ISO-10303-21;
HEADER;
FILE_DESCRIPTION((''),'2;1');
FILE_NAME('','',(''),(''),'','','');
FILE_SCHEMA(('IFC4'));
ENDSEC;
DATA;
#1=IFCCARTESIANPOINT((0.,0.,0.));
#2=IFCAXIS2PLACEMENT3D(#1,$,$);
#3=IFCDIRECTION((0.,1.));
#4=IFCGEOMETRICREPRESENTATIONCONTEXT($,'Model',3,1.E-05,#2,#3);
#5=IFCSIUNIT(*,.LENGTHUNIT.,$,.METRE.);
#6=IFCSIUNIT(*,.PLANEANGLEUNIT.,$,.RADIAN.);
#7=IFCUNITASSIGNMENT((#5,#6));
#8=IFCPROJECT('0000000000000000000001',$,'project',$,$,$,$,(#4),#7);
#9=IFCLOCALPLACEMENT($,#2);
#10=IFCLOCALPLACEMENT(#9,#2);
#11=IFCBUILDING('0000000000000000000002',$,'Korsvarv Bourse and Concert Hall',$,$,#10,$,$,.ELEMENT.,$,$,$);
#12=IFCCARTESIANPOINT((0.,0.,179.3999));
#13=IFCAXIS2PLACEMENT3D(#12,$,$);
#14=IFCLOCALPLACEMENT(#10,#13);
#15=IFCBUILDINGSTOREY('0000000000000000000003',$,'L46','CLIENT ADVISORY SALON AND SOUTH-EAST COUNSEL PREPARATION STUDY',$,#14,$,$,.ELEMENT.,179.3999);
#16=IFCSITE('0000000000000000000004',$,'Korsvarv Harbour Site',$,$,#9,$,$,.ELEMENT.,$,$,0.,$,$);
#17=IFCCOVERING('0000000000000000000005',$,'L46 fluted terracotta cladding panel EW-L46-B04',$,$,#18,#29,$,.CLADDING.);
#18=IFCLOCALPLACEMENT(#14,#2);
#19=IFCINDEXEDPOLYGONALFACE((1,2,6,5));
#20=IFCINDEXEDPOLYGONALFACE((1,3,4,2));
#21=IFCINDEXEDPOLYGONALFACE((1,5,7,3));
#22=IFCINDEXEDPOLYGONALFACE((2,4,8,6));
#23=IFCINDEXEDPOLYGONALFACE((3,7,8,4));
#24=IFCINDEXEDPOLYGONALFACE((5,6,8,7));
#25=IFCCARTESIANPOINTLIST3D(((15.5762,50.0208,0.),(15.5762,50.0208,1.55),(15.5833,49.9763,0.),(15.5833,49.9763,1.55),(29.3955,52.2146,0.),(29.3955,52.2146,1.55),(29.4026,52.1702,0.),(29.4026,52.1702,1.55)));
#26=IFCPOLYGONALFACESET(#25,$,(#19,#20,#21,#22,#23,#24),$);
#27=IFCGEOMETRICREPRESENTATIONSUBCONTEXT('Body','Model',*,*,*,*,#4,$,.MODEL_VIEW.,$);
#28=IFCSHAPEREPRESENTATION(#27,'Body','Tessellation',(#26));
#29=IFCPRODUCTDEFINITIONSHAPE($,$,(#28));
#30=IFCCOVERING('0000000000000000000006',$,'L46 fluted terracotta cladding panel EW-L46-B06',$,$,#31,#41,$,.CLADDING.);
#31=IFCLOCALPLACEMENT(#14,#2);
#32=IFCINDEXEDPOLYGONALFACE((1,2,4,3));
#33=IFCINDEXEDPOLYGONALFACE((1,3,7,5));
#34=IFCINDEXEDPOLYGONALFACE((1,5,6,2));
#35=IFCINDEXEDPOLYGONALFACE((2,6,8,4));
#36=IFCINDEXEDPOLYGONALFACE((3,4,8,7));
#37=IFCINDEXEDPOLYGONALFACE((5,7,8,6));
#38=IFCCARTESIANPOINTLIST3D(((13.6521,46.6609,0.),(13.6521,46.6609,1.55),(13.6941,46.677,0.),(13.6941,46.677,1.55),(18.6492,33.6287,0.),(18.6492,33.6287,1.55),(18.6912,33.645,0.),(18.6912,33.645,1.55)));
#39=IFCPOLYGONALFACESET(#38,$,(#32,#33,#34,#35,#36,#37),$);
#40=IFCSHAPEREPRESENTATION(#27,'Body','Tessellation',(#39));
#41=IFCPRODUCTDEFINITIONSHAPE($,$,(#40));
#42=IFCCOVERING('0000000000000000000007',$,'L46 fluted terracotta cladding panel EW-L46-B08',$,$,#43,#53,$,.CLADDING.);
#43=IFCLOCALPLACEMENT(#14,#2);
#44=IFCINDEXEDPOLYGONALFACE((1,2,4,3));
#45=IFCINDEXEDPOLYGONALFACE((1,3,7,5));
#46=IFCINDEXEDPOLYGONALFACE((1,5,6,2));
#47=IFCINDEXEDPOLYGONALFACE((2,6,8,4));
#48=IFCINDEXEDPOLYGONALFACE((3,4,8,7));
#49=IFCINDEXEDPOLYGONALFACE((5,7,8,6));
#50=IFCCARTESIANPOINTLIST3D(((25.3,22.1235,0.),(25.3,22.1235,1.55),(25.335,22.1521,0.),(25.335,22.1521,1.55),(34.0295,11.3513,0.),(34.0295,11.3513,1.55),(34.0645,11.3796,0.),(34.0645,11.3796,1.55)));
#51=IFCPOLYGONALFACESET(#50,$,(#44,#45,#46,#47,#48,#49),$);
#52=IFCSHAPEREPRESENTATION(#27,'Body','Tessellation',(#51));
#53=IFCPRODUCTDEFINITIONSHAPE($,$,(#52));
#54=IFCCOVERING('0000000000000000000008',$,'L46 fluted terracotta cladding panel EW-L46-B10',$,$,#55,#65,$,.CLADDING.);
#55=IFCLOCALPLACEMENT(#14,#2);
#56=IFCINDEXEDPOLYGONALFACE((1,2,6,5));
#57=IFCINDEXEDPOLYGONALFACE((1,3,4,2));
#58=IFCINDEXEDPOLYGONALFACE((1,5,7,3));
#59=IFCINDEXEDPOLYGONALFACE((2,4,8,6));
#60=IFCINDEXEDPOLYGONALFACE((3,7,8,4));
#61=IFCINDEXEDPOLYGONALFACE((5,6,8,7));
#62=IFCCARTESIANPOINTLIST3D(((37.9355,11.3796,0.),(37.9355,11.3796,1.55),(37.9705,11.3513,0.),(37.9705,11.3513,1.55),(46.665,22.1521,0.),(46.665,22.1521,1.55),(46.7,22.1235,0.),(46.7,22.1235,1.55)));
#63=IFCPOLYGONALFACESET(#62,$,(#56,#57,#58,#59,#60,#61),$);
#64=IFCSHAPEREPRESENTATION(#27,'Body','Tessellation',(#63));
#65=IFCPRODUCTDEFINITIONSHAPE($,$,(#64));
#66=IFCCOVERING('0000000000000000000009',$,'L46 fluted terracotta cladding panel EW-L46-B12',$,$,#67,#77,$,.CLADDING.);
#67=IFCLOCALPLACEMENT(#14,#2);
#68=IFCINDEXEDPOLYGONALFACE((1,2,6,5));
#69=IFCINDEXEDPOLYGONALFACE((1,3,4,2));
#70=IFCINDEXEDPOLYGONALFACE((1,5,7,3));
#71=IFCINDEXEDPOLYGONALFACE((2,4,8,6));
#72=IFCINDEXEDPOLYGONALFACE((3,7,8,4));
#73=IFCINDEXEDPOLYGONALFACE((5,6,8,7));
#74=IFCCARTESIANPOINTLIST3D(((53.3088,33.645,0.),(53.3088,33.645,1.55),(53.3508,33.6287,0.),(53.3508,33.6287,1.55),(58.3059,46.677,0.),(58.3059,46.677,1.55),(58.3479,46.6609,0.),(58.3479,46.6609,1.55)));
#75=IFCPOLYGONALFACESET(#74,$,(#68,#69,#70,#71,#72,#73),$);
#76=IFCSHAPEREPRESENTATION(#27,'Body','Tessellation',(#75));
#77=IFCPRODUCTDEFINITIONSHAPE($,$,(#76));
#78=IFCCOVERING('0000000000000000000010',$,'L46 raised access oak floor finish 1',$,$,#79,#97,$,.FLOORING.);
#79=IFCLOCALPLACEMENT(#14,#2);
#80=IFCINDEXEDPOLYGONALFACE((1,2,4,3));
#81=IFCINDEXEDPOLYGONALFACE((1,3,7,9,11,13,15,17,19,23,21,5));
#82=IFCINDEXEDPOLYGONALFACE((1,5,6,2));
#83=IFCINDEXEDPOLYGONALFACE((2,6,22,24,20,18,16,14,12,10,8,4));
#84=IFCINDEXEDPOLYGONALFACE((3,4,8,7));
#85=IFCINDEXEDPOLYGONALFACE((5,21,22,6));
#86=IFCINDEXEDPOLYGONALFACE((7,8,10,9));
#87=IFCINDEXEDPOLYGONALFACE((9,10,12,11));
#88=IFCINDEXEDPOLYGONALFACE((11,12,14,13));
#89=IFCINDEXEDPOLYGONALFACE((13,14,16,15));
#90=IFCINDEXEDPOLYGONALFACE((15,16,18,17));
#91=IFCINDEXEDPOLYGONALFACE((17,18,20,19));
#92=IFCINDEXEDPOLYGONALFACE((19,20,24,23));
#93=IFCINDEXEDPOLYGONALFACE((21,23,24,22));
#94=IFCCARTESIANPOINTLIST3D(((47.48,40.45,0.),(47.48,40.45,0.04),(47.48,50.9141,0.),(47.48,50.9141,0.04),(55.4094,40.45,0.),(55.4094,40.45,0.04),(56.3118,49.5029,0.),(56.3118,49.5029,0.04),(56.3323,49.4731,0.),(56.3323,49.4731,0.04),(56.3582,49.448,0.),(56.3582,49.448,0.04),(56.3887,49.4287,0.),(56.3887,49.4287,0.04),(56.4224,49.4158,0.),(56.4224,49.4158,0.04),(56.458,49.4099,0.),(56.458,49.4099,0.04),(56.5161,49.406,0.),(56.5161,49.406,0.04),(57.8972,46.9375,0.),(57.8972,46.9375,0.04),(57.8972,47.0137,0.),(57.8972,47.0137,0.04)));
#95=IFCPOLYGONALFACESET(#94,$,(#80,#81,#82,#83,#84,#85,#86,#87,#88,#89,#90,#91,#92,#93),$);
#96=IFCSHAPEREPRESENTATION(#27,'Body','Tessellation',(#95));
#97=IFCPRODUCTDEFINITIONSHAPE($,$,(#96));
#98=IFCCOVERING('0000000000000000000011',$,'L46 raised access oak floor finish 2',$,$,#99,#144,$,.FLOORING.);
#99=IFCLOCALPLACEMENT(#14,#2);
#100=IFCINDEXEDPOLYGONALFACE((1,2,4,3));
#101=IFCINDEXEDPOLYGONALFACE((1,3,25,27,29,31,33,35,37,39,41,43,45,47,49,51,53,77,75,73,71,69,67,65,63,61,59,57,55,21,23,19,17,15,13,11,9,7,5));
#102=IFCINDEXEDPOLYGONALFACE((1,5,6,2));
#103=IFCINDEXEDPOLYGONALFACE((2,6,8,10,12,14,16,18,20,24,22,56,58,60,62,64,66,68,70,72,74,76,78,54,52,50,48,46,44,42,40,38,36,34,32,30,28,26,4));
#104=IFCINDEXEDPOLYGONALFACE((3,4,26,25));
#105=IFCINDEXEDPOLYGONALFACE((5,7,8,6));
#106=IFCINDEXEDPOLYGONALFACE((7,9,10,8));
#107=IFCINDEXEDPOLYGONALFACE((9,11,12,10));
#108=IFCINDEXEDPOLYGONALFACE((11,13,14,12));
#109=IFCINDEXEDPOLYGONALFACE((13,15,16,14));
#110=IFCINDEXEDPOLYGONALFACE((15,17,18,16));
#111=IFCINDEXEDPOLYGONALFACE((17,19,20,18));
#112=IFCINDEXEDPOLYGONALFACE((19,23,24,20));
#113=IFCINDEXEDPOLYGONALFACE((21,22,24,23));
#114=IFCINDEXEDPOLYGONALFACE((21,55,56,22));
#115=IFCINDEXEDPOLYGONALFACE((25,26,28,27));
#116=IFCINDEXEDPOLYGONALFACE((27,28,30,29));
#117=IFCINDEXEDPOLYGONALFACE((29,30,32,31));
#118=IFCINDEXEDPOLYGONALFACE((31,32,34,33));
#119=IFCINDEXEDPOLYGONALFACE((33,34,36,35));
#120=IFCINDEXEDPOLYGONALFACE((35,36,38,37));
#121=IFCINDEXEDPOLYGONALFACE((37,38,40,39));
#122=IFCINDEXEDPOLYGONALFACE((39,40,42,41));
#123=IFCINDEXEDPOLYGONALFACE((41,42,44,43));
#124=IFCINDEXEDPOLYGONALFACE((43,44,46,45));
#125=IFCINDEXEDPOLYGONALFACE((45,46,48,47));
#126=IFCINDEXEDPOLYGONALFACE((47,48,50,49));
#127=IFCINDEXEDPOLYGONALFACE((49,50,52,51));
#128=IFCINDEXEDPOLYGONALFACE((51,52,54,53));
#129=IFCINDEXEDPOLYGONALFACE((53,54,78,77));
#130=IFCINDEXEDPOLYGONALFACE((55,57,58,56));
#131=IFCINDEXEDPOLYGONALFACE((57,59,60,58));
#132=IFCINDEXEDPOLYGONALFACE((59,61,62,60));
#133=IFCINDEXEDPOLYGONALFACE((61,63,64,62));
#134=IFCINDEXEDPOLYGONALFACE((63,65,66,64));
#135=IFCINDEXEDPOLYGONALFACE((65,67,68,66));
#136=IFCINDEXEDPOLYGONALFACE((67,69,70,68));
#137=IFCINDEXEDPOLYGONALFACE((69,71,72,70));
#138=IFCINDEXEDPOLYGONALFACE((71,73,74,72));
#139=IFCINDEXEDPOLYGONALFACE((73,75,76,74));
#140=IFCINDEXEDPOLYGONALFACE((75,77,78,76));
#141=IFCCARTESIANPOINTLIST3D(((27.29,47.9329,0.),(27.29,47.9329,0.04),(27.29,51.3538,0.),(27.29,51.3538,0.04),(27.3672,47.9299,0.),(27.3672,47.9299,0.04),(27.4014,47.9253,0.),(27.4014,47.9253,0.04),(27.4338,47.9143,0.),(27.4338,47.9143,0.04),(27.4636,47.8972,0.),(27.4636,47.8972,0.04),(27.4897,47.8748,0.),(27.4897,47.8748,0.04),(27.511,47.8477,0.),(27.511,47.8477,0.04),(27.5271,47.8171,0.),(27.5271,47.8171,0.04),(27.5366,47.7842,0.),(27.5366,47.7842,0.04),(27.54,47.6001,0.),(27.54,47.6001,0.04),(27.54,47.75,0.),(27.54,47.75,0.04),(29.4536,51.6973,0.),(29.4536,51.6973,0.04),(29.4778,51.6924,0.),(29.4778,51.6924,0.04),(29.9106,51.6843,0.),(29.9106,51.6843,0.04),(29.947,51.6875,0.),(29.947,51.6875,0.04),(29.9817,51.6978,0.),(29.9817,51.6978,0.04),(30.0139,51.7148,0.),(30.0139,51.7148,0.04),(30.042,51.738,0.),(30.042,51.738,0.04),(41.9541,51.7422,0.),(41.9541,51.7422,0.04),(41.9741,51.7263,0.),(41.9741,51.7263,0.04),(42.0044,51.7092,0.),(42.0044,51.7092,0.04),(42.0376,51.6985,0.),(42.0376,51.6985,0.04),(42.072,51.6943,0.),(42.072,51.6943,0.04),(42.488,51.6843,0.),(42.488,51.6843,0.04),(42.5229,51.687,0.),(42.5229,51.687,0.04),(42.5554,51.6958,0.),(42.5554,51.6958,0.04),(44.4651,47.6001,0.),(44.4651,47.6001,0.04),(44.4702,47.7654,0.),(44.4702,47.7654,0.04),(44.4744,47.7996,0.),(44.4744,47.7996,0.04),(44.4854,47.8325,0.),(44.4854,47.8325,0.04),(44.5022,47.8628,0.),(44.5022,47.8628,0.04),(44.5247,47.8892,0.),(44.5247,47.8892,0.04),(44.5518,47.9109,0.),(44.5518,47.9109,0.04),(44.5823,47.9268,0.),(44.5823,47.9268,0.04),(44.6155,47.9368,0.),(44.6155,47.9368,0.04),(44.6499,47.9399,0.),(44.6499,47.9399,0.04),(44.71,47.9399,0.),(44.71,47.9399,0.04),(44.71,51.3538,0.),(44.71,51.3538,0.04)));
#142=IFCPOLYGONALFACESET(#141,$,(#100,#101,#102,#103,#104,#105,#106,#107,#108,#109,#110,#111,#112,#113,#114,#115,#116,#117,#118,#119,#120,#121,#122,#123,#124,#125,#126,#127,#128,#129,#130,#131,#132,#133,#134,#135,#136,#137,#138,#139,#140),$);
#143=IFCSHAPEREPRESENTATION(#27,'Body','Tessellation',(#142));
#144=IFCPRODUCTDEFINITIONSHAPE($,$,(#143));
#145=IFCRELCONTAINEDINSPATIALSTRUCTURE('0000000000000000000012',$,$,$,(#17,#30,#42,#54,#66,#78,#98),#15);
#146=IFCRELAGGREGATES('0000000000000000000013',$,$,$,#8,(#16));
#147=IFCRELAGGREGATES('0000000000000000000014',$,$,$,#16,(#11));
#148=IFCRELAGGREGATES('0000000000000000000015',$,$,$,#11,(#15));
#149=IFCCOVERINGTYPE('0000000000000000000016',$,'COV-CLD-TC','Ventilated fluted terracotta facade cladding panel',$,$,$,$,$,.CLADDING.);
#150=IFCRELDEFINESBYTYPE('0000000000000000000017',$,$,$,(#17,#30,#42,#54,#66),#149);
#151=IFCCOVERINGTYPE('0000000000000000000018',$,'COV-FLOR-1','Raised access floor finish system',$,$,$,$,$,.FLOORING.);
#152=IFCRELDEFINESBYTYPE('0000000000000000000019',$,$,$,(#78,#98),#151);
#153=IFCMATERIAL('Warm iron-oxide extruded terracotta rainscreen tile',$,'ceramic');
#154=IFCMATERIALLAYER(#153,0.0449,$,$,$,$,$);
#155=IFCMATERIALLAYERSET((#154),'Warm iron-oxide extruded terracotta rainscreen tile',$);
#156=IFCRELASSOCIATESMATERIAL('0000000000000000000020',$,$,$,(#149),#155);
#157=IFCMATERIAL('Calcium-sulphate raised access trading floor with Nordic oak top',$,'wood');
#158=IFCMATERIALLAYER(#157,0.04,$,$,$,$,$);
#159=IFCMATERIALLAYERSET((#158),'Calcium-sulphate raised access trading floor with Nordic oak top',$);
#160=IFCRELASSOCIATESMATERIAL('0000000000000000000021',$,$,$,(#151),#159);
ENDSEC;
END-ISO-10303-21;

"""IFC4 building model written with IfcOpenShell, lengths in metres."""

from ifc_helpers import new_model, si_unit, direction, frame, origin, place, context, subcontext, project, spatial, polyline, outline, extrude, material, layer, layer_set, type_object, element, save


model = new_model("IFC4")

# Units and contexts
model_context = context("Model", 3, precision=1e-05, world=origin(), true_north=direction((0.0, 1.0)))
body_context = subcontext(model_context, "Body", "Model", "MODEL_VIEW")
ifc_project = project(units=[si_unit("LENGTHUNIT", "METRE"), si_unit("PLANEANGLEUNIT", "RADIAN")], contexts=[model_context])

# Site, building, storey
site_placement = place(None, origin())
site = spatial("IfcSite", under=ifc_project, at=site_placement, Name="Korsvarv Harbour Site", CompositionType="ELEMENT", RefElevation=0.0)
building_placement = place(site_placement, origin())
building = spatial("IfcBuilding", under=site, at=building_placement, Name="Korsvarv Bourse and Concert Hall", CompositionType="ELEMENT")
storey_placement = place(building_placement, frame((0.0, 0.0, 179.3999)))
storey = spatial("IfcBuildingStorey", under=building, at=storey_placement, Name="L46", Description="CLIENT ADVISORY SALON AND SOUTH-EAST COUNSEL PREPARATION STUDY", CompositionType="ELEMENT", Elevation=179.3999)

# Coverings
ifc_material_1 = material(Name="Warm iron-oxide extruded terracotta rainscreen tile", Category="ceramic")
ifc_layer_1 = layer(ifc_material_1, 0.0449)
ifc_layer_set_1 = layer_set([ifc_layer_1], Name="Warm iron-oxide extruded terracotta rainscreen tile")
covering_type_1 = type_object("IfcCoveringType", Name="COV-CLD-TC", Description="Ventilated fluted terracotta facade cladding panel", PredefinedType="CLADDING", material=ifc_layer_set_1)
covering_1_placement = place(storey_placement, origin())
element("IfcCovering", 1, at=covering_1_placement, inside=storey, type_object=covering_type_1, Name="L46 fluted terracotta cladding panel EW-L46-B04", PredefinedType="CLADDING", context=body_context, shape_type="SweptSolid", body=[
    extrude(outline(polyline([(29.4026, 52.1702), (15.5833, 49.9763), (15.5762, 50.0208), (29.3955, 52.2146), (29.4026, 52.1702)])), origin(), (0.0, 0.0, 1.0), 1.55),
])
covering_2_placement = place(storey_placement, origin())
element("IfcCovering", 2, at=covering_2_placement, inside=storey, type_object=covering_type_1, Name="L46 fluted terracotta cladding panel EW-L46-B06", PredefinedType="CLADDING", context=body_context, shape_type="SweptSolid", body=[
    extrude(outline(polyline([(13.6941, 46.677), (18.6912, 33.645), (18.6492, 33.6287), (13.6521, 46.6609), (13.6941, 46.677)])), origin(), (0.0, 0.0, 1.0), 1.55),
])
covering_3_placement = place(storey_placement, origin())
element("IfcCovering", 3, at=covering_3_placement, inside=storey, type_object=covering_type_1, Name="L46 fluted terracotta cladding panel EW-L46-B08", PredefinedType="CLADDING", context=body_context, shape_type="SweptSolid", body=[
    extrude(outline(polyline([(25.335, 22.1521), (34.0645, 11.3796), (34.0295, 11.3513), (25.3, 22.1235), (25.335, 22.1521)])), origin(), (0.0, 0.0, 1.0), 1.55),
])
covering_4_placement = place(storey_placement, origin())
element("IfcCovering", 4, at=covering_4_placement, inside=storey, type_object=covering_type_1, Name="L46 fluted terracotta cladding panel EW-L46-B10", PredefinedType="CLADDING", context=body_context, shape_type="SweptSolid", body=[
    extrude(outline(polyline([(37.9355, 11.3796), (46.665, 22.1521), (46.7, 22.1235), (37.9705, 11.3513), (37.9355, 11.3796)])), origin(), (0.0, 0.0, 1.0), 1.55),
])
covering_5_placement = place(storey_placement, origin())
element("IfcCovering", 5, at=covering_5_placement, inside=storey, type_object=covering_type_1, Name="L46 fluted terracotta cladding panel EW-L46-B12", PredefinedType="CLADDING", context=body_context, shape_type="SweptSolid", body=[
    extrude(outline(polyline([(53.3088, 33.645), (58.3059, 46.677), (58.3479, 46.6609), (53.3508, 33.6287), (53.3088, 33.645)])), origin(), (0.0, 0.0, 1.0), 1.55),
])
ifc_material_2 = material(Name="Calcium-sulphate raised access trading floor with Nordic oak top", Category="wood")
ifc_layer_2 = layer(ifc_material_2, 0.04)
ifc_layer_set_2 = layer_set([ifc_layer_2], Name="Calcium-sulphate raised access trading floor with Nordic oak top")
covering_type_2 = type_object("IfcCoveringType", Name="COV-FLOR-1", Description="Raised access floor finish system", PredefinedType="FLOORING", material=ifc_layer_set_2)
covering_6_placement = place(storey_placement, origin())
element("IfcCovering", 6, at=covering_6_placement, inside=storey, type_object=covering_type_2, Name="L46 raised access oak floor finish 1", PredefinedType="FLOORING", context=body_context, shape_type="SweptSolid", body=[
    extrude(outline(polyline([(56.3118, 49.5029), (56.3323, 49.4731), (56.3582, 49.448), (56.3887, 49.4287), (56.4224, 49.4158), (56.458, 49.4099), (56.5161, 49.406), (57.8972, 47.0137), (57.8972, 46.9375), (55.4094, 40.45), (47.48, 40.45), (47.48, 50.9141), (56.3118, 49.5029)])), origin(), (0.0, 0.0, 1.0), 0.04),
])
covering_7_placement = place(storey_placement, origin())
element("IfcCovering", 7, at=covering_7_placement, inside=storey, type_object=covering_type_2, Name="L46 raised access oak floor finish 2", PredefinedType="FLOORING", context=body_context, shape_type="SweptSolid", body=[
    extrude(outline(polyline([(29.4536, 51.6973), (29.4778, 51.6924), (29.9106, 51.6843), (29.947, 51.6875), (29.9817, 51.6978), (30.0139, 51.7148), (30.042, 51.738), (41.9541, 51.7422), (41.9741, 51.7263), (42.0044, 51.7092), (42.0376, 51.6985), (42.072, 51.6943), (42.488, 51.6843), (42.5229, 51.687), (42.5554, 51.6958), (44.71, 51.3538), (44.71, 47.9399), (44.6499, 47.9399), (44.6155, 47.9368), (44.5823, 47.9268), (44.5518, 47.9109), (44.5247, 47.8892), (44.5022, 47.8628), (44.4854, 47.8325), (44.4744, 47.7996), (44.4702, 47.7654), (44.4651, 47.6001), (27.54, 47.6001), (27.54, 47.75), (27.5366, 47.7842), (27.5271, 47.8171), (27.511, 47.8477), (27.4897, 47.8748), (27.4636, 47.8972), (27.4338, 47.9143), (27.4014, 47.9253), (27.3672, 47.9299), (27.29, 47.9329), (27.29, 51.3538), (29.4536, 51.6973)])), origin(), (0.0, 0.0, 1.0), 0.04),
])

save(model, "model.ifc")
